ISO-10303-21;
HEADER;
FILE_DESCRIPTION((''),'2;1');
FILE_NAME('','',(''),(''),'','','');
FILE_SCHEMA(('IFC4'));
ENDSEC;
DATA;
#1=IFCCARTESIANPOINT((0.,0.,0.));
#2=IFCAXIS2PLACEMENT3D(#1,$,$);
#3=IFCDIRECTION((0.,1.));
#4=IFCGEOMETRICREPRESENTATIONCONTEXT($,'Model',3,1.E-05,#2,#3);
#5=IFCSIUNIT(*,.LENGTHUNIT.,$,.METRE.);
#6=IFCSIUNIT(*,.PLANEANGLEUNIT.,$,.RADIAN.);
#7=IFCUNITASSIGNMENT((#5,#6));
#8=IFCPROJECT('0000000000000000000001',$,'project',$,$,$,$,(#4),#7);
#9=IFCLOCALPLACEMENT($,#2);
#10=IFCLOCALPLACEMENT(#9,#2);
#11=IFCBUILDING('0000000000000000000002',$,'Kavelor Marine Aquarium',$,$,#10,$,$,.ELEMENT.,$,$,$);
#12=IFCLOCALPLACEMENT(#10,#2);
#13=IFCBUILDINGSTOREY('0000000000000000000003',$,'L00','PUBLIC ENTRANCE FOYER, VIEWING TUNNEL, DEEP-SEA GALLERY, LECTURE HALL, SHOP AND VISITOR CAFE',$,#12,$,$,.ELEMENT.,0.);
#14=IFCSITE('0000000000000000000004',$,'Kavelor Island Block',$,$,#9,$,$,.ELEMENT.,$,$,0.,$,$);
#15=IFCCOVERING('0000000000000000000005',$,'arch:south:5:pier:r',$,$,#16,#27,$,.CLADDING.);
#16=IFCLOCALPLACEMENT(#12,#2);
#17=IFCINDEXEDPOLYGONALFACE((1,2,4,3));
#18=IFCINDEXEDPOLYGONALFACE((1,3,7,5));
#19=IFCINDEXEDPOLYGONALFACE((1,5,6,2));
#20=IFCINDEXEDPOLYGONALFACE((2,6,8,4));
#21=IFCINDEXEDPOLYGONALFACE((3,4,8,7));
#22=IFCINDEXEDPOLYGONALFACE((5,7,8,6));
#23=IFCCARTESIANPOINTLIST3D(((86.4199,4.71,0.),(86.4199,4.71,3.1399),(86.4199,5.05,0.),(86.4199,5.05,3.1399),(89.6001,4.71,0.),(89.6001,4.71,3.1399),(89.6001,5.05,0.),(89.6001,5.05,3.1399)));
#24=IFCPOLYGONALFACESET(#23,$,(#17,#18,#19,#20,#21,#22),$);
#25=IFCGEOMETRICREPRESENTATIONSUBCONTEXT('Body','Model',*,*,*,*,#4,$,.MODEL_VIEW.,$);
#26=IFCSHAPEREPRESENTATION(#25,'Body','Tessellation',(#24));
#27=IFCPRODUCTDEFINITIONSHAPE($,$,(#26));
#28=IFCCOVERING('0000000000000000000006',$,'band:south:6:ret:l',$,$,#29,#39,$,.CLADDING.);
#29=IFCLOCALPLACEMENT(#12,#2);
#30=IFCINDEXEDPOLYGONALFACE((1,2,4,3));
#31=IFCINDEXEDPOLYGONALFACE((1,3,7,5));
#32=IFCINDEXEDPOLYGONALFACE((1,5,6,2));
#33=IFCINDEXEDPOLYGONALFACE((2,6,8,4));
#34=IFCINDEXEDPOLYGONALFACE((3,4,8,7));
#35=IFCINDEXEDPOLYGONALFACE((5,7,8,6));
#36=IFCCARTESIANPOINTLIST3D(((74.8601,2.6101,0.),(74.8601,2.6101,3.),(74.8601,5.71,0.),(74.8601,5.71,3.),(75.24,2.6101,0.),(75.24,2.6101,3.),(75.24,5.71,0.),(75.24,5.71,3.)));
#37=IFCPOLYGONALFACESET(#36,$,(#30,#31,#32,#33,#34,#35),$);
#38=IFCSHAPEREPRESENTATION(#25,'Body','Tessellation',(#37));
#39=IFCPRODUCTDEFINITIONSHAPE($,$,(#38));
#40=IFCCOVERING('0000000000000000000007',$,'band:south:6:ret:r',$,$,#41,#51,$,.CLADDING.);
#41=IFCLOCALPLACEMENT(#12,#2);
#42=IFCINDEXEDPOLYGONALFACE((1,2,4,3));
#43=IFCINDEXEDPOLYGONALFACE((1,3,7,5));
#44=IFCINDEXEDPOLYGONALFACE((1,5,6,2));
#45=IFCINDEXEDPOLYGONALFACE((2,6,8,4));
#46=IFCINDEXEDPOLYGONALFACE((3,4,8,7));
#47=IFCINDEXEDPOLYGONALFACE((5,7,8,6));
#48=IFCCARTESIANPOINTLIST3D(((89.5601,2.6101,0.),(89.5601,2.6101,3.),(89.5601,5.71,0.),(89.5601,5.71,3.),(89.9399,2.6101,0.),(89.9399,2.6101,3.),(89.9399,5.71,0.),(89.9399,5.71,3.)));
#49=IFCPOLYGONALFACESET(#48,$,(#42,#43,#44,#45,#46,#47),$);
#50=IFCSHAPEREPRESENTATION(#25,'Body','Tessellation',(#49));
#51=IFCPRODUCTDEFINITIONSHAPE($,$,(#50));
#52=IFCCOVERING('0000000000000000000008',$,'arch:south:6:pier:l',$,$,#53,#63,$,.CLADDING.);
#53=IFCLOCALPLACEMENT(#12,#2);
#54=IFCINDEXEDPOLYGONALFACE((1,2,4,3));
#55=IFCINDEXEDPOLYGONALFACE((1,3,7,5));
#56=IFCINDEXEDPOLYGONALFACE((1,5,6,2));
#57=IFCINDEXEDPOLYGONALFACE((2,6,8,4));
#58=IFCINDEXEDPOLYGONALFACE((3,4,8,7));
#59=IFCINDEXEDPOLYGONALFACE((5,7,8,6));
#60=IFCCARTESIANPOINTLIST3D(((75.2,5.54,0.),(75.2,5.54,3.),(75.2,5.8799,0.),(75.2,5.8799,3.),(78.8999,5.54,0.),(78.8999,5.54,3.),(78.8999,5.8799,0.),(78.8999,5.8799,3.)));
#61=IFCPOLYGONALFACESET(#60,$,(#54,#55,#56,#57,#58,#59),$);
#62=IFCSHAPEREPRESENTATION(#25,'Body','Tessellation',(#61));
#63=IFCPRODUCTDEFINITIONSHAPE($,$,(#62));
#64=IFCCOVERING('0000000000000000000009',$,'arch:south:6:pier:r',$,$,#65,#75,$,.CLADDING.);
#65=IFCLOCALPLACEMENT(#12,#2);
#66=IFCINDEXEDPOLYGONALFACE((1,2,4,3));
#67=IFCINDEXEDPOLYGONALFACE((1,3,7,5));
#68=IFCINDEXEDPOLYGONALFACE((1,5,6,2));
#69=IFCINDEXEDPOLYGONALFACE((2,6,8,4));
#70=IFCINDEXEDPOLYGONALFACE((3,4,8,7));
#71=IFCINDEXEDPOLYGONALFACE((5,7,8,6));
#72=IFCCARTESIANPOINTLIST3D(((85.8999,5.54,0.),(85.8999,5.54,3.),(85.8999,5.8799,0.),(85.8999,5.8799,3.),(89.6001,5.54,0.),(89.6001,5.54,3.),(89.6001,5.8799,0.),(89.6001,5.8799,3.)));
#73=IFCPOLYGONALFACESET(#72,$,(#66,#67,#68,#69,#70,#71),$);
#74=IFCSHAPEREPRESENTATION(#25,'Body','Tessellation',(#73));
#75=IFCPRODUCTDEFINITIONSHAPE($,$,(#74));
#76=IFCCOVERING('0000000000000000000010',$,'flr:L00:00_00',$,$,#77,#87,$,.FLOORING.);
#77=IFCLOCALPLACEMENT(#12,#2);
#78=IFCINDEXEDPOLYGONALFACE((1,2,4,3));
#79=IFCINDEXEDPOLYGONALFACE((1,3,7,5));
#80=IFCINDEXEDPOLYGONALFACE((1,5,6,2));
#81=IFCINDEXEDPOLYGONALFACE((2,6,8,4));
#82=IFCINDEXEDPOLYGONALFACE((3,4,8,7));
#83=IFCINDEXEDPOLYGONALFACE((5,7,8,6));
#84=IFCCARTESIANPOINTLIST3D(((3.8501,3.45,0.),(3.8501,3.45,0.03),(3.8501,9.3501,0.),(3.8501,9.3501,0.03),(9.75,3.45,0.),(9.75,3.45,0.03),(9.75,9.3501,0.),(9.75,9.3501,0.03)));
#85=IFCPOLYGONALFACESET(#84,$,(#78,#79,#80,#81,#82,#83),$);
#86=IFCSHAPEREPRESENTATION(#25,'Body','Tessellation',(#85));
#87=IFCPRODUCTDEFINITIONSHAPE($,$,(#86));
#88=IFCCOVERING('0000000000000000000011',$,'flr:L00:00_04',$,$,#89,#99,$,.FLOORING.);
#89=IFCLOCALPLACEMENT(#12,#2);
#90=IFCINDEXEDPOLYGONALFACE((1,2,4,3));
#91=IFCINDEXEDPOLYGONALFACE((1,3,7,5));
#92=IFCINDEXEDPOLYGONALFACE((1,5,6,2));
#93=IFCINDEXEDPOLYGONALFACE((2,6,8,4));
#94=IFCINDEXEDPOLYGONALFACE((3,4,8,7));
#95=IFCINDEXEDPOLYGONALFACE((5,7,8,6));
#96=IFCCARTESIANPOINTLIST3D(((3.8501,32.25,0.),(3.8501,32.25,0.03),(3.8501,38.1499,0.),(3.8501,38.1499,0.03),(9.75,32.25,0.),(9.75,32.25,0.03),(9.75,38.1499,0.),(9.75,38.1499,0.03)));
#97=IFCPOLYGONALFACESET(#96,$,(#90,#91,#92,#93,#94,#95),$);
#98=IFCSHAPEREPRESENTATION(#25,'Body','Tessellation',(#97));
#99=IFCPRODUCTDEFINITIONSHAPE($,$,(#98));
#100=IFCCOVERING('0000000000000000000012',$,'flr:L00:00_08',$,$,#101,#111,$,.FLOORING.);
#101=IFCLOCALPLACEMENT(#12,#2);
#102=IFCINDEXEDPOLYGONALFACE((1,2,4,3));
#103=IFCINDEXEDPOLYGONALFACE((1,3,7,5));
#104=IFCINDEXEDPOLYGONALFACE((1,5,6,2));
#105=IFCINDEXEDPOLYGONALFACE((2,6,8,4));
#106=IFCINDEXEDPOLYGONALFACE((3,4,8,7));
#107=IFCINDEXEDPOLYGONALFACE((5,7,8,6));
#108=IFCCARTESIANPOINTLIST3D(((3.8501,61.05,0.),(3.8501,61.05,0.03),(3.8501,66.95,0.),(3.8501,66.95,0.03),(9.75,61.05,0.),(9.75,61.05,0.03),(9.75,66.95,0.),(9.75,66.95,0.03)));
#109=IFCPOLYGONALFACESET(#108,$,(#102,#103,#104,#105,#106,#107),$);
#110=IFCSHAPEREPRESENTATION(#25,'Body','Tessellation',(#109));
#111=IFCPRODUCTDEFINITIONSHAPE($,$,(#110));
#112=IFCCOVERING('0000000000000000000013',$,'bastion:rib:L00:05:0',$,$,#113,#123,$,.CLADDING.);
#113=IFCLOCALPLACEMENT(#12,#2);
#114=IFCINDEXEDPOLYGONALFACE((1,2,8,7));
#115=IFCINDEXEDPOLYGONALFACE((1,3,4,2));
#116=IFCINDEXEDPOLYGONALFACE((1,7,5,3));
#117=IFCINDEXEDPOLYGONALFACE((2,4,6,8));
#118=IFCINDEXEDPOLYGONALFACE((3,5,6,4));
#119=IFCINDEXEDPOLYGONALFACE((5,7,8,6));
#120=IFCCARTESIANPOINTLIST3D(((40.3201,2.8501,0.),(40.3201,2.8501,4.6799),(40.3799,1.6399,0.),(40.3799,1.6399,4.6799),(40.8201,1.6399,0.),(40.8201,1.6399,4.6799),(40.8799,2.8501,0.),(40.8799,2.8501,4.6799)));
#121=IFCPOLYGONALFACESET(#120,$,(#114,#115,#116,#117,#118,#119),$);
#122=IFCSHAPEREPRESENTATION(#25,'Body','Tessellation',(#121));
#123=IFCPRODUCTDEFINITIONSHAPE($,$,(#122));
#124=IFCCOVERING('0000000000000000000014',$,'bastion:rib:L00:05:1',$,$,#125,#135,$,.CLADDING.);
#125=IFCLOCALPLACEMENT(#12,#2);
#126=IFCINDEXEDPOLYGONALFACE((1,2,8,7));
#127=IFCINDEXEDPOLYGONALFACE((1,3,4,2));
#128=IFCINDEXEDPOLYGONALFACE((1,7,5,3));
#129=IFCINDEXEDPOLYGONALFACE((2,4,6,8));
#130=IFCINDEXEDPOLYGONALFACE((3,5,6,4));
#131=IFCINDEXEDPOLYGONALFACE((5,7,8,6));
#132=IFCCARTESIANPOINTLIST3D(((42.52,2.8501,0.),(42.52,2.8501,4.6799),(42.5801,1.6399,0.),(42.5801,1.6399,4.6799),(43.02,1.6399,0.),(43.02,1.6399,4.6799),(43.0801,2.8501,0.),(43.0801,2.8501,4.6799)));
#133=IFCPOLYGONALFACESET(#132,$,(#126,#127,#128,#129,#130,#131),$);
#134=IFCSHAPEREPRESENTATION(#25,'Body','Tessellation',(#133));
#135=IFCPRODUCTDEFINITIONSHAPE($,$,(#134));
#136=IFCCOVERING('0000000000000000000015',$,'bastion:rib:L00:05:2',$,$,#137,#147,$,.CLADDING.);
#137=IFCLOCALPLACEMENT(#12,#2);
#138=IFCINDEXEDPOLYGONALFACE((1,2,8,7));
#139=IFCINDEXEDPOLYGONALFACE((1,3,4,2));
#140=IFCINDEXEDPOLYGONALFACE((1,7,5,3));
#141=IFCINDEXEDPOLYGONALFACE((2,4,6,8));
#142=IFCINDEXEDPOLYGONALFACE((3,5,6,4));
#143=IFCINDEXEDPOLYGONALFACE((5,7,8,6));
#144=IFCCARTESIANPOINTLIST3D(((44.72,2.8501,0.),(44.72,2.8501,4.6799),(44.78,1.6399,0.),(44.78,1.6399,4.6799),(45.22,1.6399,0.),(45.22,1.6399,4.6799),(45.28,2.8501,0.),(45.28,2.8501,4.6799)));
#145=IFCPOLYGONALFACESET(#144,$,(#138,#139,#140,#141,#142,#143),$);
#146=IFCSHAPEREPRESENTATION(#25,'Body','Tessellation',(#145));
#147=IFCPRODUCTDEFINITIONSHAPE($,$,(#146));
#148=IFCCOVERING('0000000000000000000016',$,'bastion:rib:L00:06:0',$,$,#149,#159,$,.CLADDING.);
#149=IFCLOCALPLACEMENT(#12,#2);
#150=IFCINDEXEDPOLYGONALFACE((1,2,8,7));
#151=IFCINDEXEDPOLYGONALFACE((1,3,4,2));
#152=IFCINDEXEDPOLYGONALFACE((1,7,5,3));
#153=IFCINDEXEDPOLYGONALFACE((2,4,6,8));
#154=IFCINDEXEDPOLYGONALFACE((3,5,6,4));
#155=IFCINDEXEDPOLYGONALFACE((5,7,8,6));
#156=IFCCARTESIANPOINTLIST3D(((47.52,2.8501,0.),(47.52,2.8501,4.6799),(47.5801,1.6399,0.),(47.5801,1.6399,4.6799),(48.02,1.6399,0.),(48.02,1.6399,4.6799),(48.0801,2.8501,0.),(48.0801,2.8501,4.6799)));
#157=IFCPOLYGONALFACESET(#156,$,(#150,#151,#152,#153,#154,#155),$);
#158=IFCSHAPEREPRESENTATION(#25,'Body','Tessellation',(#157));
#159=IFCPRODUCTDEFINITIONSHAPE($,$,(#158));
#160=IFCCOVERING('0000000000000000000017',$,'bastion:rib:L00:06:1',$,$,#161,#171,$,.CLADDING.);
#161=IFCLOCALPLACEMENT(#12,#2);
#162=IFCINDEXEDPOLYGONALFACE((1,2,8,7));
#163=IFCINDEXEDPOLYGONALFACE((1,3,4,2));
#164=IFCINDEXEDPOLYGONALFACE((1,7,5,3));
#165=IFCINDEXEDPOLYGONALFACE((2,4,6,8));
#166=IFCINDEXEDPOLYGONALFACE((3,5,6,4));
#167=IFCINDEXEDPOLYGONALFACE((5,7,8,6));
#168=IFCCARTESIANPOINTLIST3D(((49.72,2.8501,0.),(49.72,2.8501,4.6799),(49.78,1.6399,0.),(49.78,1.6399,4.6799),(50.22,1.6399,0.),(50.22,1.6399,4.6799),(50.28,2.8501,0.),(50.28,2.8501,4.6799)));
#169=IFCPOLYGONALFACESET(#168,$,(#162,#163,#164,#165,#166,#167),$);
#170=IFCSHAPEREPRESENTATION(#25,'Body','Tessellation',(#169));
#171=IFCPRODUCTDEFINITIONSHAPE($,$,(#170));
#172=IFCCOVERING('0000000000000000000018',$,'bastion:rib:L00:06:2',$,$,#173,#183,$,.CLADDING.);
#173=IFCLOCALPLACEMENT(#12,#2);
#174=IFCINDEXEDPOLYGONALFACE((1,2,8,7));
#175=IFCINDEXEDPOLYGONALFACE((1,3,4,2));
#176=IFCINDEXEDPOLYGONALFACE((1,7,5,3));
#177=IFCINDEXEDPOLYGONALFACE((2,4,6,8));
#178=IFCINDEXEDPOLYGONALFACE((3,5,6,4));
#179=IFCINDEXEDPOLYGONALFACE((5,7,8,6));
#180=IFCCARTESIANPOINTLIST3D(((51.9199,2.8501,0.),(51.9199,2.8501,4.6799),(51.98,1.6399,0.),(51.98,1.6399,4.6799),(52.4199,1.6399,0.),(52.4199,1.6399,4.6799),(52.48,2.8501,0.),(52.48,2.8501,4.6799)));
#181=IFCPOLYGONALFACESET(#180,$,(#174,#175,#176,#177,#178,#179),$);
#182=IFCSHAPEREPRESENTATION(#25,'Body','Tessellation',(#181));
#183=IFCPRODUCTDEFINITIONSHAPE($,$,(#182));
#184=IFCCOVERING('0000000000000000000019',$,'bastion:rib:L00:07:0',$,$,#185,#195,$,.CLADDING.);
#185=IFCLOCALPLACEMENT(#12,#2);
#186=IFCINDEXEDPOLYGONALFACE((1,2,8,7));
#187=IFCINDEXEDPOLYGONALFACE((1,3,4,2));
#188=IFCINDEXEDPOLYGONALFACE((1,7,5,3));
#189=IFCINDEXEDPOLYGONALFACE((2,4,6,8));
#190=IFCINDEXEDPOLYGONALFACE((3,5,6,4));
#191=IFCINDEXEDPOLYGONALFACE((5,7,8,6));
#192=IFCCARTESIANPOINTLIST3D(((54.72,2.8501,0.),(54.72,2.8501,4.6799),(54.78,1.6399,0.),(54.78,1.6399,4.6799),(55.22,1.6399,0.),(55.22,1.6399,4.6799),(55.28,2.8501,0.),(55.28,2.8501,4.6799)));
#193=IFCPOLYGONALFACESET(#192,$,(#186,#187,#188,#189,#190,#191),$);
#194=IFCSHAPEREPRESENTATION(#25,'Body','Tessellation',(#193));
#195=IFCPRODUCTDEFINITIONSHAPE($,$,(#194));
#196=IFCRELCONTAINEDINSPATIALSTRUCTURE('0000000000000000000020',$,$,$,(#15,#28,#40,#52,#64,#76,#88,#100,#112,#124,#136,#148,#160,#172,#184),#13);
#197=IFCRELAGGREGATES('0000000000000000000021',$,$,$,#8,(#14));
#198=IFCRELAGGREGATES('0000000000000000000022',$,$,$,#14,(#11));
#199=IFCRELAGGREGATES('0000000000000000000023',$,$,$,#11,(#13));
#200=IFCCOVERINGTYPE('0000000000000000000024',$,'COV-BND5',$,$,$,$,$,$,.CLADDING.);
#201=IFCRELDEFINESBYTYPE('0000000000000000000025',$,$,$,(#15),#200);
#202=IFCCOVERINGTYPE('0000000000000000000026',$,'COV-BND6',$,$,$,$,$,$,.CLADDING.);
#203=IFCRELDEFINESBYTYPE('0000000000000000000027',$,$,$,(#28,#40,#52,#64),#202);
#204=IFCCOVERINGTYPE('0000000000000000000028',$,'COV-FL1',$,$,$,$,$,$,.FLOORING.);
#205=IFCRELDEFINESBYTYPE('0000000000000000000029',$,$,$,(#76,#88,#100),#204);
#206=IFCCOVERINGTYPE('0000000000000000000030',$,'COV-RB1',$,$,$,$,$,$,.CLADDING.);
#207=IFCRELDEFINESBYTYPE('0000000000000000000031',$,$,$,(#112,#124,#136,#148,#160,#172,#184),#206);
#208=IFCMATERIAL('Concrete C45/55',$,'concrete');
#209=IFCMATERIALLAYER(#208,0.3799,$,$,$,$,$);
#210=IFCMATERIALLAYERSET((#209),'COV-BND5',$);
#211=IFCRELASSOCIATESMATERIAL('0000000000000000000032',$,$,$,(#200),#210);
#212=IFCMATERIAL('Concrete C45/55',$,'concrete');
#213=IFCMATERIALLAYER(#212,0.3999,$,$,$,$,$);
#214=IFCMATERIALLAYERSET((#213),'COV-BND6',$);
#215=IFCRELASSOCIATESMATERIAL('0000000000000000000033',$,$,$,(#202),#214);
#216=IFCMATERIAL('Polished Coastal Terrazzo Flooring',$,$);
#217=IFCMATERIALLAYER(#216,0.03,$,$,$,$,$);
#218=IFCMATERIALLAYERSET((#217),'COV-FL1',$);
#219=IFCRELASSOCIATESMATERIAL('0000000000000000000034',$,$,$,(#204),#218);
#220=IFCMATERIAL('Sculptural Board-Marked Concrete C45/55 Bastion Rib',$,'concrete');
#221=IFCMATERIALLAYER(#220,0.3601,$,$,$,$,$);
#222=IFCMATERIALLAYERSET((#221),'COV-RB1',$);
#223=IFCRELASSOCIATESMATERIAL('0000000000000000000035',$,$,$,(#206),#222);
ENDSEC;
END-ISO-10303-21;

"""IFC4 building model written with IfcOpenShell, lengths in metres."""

from ifc_helpers import new_model, si_unit, direction, origin, place, context, subcontext, project, spatial, polyline, outline, extrude, material, layer, layer_set, type_object, element, save


model = new_model("IFC4")

# Units and contexts
model_context = context("Model", 3, precision=1e-05, world=origin(), true_north=direction((0.0, 1.0)))
body_context = subcontext(model_context, "Body", "Model", "MODEL_VIEW")
ifc_project = project(units=[si_unit("LENGTHUNIT", "METRE"), si_unit("PLANEANGLEUNIT", "RADIAN")], contexts=[model_context])

# Site, building, storey
site_placement = place(None, origin())
site = spatial("IfcSite", under=ifc_project, at=site_placement, Name="Kavelor Island Block", CompositionType="ELEMENT", RefElevation=0.0)
building_placement = place(site_placement, origin())
building = spatial("IfcBuilding", under=site, at=building_placement, Name="Kavelor Marine Aquarium", CompositionType="ELEMENT")
storey_placement = place(building_placement, origin())
storey = spatial("IfcBuildingStorey", under=building, at=storey_placement, Name="L00", Description="PUBLIC ENTRANCE FOYER, VIEWING TUNNEL, DEEP-SEA GALLERY, LECTURE HALL, SHOP AND VISITOR CAFE", CompositionType="ELEMENT", Elevation=0.0)

# Coverings
ifc_material_1 = material(Name="Concrete C45/55", Category="concrete")
ifc_layer_1 = layer(ifc_material_1, 0.3799)
ifc_layer_set_1 = layer_set([ifc_layer_1], Name="COV-BND5")
covering_type_1 = type_object("IfcCoveringType", Name="COV-BND5", PredefinedType="CLADDING", material=ifc_layer_set_1)
covering_1_placement = place(storey_placement, origin())
element("IfcCovering", 1, at=covering_1_placement, inside=storey, type_object=covering_type_1, Name="arch:south:5:pier:r", PredefinedType="CLADDING", context=body_context, shape_type="SweptSolid", body=[
    extrude(outline(polyline([(86.4199, 4.71), (89.6001, 4.71), (89.6001, 5.05), (86.4199, 5.05), (86.4199, 4.71)])), origin(), (0.0, 0.0, 1.0), 3.1399),
])
ifc_material_2 = material(Name="Concrete C45/55", Category="concrete")
ifc_layer_2 = layer(ifc_material_2, 0.3999)
ifc_layer_set_2 = layer_set([ifc_layer_2], Name="COV-BND6")
covering_type_2 = type_object("IfcCoveringType", Name="COV-BND6", PredefinedType="CLADDING", material=ifc_layer_set_2)
covering_2_placement = place(storey_placement, origin())
element("IfcCovering", 2, at=covering_2_placement, inside=storey, type_object=covering_type_2, Name="band:south:6:ret:l", PredefinedType="CLADDING", context=body_context, shape_type="SweptSolid", body=[
    extrude(outline(polyline([(74.8601, 2.6101), (75.24, 2.6101), (75.24, 5.71), (74.8601, 5.71), (74.8601, 2.6101)])), origin(), (0.0, 0.0, 1.0), 3.0),
])
covering_3_placement = place(storey_placement, origin())
element("IfcCovering", 3, at=covering_3_placement, inside=storey, type_object=covering_type_2, Name="band:south:6:ret:r", PredefinedType="CLADDING", context=body_context, shape_type="SweptSolid", body=[
    extrude(outline(polyline([(89.5601, 2.6101), (89.9399, 2.6101), (89.9399, 5.71), (89.5601, 5.71), (89.5601, 2.6101)])), origin(), (0.0, 0.0, 1.0), 3.0),
])
covering_4_placement = place(storey_placement, origin())
element("IfcCovering", 4, at=covering_4_placement, inside=storey, type_object=covering_type_2, Name="arch:south:6:pier:l", PredefinedType="CLADDING", context=body_context, shape_type="SweptSolid", body=[
    extrude(outline(polyline([(75.2, 5.54), (78.8999, 5.54), (78.8999, 5.8799), (75.2, 5.8799), (75.2, 5.54)])), origin(), (0.0, 0.0, 1.0), 3.0),
])
covering_5_placement = place(storey_placement, origin())
element("IfcCovering", 5, at=covering_5_placement, inside=storey, type_object=covering_type_2, Name="arch:south:6:pier:r", PredefinedType="CLADDING", context=body_context, shape_type="SweptSolid", body=[
    extrude(outline(polyline([(85.8999, 5.54), (89.6001, 5.54), (89.6001, 5.8799), (85.8999, 5.8799), (85.8999, 5.54)])), origin(), (0.0, 0.0, 1.0), 3.0),
])
ifc_material_3 = material(Name="Polished Coastal Terrazzo Flooring")
ifc_layer_3 = layer(ifc_material_3, 0.03)
ifc_layer_set_3 = layer_set([ifc_layer_3], Name="COV-FL1")
covering_type_3 = type_object("IfcCoveringType", Name="COV-FL1", PredefinedType="FLOORING", material=ifc_layer_set_3)
covering_6_placement = place(storey_placement, origin())
element("IfcCovering", 6, at=covering_6_placement, inside=storey, type_object=covering_type_3, Name="flr:L00:00_00", PredefinedType="FLOORING", context=body_context, shape_type="SweptSolid", body=[
    extrude(outline(polyline([(3.8501, 3.45), (9.75, 3.45), (9.75, 9.3501), (3.8501, 9.3501), (3.8501, 3.45)])), origin(), (0.0, 0.0, 1.0), 0.03),
])
covering_7_placement = place(storey_placement, origin())
element("IfcCovering", 7, at=covering_7_placement, inside=storey, type_object=covering_type_3, Name="flr:L00:00_04", PredefinedType="FLOORING", context=body_context, shape_type="SweptSolid", body=[
    extrude(outline(polyline([(3.8501, 32.25), (9.75, 32.25), (9.75, 38.1499), (3.8501, 38.1499), (3.8501, 32.25)])), origin(), (0.0, 0.0, 1.0), 0.03),
])
covering_8_placement = place(storey_placement, origin())
element("IfcCovering", 8, at=covering_8_placement, inside=storey, type_object=covering_type_3, Name="flr:L00:00_08", PredefinedType="FLOORING", context=body_context, shape_type="SweptSolid", body=[
    extrude(outline(polyline([(3.8501, 61.05), (9.75, 61.05), (9.75, 66.95), (3.8501, 66.95), (3.8501, 61.05)])), origin(), (0.0, 0.0, 1.0), 0.03),
])
ifc_material_4 = material(Name="Sculptural Board-Marked Concrete C45/55 Bastion Rib", Category="concrete")
ifc_layer_4 = layer(ifc_material_4, 0.3601)
ifc_layer_set_4 = layer_set([ifc_layer_4], Name="COV-RB1")
covering_type_4 = type_object("IfcCoveringType", Name="COV-RB1", PredefinedType="CLADDING", material=ifc_layer_set_4)
covering_9_placement = place(storey_placement, origin())
element("IfcCovering", 9, at=covering_9_placement, inside=storey, type_object=covering_type_4, Name="bastion:rib:L00:05:0", PredefinedType="CLADDING", context=body_context, shape_type="SweptSolid", body=[
    extrude(outline(polyline([(40.3799, 1.6399), (40.8201, 1.6399), (40.8799, 2.8501), (40.3201, 2.8501), (40.3799, 1.6399)])), origin(), (0.0, 0.0, 1.0), 4.6799),
])
covering_10_placement = place(storey_placement, origin())
element("IfcCovering", 10, at=covering_10_placement, inside=storey, type_object=covering_type_4, Name="bastion:rib:L00:05:1", PredefinedType="CLADDING", context=body_context, shape_type="SweptSolid", body=[
    extrude(outline(polyline([(42.5801, 1.6399), (43.02, 1.6399), (43.0801, 2.8501), (42.52, 2.8501), (42.5801, 1.6399)])), origin(), (0.0, 0.0, 1.0), 4.6799),
])
covering_11_placement = place(storey_placement, origin())
element("IfcCovering", 11, at=covering_11_placement, inside=storey, type_object=covering_type_4, Name="bastion:rib:L00:05:2", PredefinedType="CLADDING", context=body_context, shape_type="SweptSolid", body=[
    extrude(outline(polyline([(44.78, 1.6399), (45.22, 1.6399), (45.28, 2.8501), (44.72, 2.8501), (44.78, 1.6399)])), origin(), (0.0, 0.0, 1.0), 4.6799),
])
covering_12_placement = place(storey_placement, origin())
element("IfcCovering", 12, at=covering_12_placement, inside=storey, type_object=covering_type_4, Name="bastion:rib:L00:06:0", PredefinedType="CLADDING", context=body_context, shape_type="SweptSolid", body=[
    extrude(outline(polyline([(47.5801, 1.6399), (48.02, 1.6399), (48.0801, 2.8501), (47.52, 2.8501), (47.5801, 1.6399)])), origin(), (0.0, 0.0, 1.0), 4.6799),
])
covering_13_placement = place(storey_placement, origin())
element("IfcCovering", 13, at=covering_13_placement, inside=storey, type_object=covering_type_4, Name="bastion:rib:L00:06:1", PredefinedType="CLADDING", context=body_context, shape_type="SweptSolid", body=[
    extrude(outline(polyline([(49.78, 1.6399), (50.22, 1.6399), (50.28, 2.8501), (49.72, 2.8501), (49.78, 1.6399)])), origin(), (0.0, 0.0, 1.0), 4.6799),
])
covering_14_placement = place(storey_placement, origin())
element("IfcCovering", 14, at=covering_14_placement, inside=storey, type_object=covering_type_4, Name="bastion:rib:L00:06:2", PredefinedType="CLADDING", context=body_context, shape_type="SweptSolid", body=[
    extrude(outline(polyline([(51.98, 1.6399), (52.4199, 1.6399), (52.48, 2.8501), (51.9199, 2.8501), (51.98, 1.6399)])), origin(), (0.0, 0.0, 1.0), 4.6799),
])
covering_15_placement = place(storey_placement, origin())
element("IfcCovering", 15, at=covering_15_placement, inside=storey, type_object=covering_type_4, Name="bastion:rib:L00:07:0", PredefinedType="CLADDING", context=body_context, shape_type="SweptSolid", body=[
    extrude(outline(polyline([(54.78, 1.6399), (55.22, 1.6399), (55.28, 2.8501), (54.72, 2.8501), (54.78, 1.6399)])), origin(), (0.0, 0.0, 1.0), 4.6799),
])

save(model, "model.ifc")
